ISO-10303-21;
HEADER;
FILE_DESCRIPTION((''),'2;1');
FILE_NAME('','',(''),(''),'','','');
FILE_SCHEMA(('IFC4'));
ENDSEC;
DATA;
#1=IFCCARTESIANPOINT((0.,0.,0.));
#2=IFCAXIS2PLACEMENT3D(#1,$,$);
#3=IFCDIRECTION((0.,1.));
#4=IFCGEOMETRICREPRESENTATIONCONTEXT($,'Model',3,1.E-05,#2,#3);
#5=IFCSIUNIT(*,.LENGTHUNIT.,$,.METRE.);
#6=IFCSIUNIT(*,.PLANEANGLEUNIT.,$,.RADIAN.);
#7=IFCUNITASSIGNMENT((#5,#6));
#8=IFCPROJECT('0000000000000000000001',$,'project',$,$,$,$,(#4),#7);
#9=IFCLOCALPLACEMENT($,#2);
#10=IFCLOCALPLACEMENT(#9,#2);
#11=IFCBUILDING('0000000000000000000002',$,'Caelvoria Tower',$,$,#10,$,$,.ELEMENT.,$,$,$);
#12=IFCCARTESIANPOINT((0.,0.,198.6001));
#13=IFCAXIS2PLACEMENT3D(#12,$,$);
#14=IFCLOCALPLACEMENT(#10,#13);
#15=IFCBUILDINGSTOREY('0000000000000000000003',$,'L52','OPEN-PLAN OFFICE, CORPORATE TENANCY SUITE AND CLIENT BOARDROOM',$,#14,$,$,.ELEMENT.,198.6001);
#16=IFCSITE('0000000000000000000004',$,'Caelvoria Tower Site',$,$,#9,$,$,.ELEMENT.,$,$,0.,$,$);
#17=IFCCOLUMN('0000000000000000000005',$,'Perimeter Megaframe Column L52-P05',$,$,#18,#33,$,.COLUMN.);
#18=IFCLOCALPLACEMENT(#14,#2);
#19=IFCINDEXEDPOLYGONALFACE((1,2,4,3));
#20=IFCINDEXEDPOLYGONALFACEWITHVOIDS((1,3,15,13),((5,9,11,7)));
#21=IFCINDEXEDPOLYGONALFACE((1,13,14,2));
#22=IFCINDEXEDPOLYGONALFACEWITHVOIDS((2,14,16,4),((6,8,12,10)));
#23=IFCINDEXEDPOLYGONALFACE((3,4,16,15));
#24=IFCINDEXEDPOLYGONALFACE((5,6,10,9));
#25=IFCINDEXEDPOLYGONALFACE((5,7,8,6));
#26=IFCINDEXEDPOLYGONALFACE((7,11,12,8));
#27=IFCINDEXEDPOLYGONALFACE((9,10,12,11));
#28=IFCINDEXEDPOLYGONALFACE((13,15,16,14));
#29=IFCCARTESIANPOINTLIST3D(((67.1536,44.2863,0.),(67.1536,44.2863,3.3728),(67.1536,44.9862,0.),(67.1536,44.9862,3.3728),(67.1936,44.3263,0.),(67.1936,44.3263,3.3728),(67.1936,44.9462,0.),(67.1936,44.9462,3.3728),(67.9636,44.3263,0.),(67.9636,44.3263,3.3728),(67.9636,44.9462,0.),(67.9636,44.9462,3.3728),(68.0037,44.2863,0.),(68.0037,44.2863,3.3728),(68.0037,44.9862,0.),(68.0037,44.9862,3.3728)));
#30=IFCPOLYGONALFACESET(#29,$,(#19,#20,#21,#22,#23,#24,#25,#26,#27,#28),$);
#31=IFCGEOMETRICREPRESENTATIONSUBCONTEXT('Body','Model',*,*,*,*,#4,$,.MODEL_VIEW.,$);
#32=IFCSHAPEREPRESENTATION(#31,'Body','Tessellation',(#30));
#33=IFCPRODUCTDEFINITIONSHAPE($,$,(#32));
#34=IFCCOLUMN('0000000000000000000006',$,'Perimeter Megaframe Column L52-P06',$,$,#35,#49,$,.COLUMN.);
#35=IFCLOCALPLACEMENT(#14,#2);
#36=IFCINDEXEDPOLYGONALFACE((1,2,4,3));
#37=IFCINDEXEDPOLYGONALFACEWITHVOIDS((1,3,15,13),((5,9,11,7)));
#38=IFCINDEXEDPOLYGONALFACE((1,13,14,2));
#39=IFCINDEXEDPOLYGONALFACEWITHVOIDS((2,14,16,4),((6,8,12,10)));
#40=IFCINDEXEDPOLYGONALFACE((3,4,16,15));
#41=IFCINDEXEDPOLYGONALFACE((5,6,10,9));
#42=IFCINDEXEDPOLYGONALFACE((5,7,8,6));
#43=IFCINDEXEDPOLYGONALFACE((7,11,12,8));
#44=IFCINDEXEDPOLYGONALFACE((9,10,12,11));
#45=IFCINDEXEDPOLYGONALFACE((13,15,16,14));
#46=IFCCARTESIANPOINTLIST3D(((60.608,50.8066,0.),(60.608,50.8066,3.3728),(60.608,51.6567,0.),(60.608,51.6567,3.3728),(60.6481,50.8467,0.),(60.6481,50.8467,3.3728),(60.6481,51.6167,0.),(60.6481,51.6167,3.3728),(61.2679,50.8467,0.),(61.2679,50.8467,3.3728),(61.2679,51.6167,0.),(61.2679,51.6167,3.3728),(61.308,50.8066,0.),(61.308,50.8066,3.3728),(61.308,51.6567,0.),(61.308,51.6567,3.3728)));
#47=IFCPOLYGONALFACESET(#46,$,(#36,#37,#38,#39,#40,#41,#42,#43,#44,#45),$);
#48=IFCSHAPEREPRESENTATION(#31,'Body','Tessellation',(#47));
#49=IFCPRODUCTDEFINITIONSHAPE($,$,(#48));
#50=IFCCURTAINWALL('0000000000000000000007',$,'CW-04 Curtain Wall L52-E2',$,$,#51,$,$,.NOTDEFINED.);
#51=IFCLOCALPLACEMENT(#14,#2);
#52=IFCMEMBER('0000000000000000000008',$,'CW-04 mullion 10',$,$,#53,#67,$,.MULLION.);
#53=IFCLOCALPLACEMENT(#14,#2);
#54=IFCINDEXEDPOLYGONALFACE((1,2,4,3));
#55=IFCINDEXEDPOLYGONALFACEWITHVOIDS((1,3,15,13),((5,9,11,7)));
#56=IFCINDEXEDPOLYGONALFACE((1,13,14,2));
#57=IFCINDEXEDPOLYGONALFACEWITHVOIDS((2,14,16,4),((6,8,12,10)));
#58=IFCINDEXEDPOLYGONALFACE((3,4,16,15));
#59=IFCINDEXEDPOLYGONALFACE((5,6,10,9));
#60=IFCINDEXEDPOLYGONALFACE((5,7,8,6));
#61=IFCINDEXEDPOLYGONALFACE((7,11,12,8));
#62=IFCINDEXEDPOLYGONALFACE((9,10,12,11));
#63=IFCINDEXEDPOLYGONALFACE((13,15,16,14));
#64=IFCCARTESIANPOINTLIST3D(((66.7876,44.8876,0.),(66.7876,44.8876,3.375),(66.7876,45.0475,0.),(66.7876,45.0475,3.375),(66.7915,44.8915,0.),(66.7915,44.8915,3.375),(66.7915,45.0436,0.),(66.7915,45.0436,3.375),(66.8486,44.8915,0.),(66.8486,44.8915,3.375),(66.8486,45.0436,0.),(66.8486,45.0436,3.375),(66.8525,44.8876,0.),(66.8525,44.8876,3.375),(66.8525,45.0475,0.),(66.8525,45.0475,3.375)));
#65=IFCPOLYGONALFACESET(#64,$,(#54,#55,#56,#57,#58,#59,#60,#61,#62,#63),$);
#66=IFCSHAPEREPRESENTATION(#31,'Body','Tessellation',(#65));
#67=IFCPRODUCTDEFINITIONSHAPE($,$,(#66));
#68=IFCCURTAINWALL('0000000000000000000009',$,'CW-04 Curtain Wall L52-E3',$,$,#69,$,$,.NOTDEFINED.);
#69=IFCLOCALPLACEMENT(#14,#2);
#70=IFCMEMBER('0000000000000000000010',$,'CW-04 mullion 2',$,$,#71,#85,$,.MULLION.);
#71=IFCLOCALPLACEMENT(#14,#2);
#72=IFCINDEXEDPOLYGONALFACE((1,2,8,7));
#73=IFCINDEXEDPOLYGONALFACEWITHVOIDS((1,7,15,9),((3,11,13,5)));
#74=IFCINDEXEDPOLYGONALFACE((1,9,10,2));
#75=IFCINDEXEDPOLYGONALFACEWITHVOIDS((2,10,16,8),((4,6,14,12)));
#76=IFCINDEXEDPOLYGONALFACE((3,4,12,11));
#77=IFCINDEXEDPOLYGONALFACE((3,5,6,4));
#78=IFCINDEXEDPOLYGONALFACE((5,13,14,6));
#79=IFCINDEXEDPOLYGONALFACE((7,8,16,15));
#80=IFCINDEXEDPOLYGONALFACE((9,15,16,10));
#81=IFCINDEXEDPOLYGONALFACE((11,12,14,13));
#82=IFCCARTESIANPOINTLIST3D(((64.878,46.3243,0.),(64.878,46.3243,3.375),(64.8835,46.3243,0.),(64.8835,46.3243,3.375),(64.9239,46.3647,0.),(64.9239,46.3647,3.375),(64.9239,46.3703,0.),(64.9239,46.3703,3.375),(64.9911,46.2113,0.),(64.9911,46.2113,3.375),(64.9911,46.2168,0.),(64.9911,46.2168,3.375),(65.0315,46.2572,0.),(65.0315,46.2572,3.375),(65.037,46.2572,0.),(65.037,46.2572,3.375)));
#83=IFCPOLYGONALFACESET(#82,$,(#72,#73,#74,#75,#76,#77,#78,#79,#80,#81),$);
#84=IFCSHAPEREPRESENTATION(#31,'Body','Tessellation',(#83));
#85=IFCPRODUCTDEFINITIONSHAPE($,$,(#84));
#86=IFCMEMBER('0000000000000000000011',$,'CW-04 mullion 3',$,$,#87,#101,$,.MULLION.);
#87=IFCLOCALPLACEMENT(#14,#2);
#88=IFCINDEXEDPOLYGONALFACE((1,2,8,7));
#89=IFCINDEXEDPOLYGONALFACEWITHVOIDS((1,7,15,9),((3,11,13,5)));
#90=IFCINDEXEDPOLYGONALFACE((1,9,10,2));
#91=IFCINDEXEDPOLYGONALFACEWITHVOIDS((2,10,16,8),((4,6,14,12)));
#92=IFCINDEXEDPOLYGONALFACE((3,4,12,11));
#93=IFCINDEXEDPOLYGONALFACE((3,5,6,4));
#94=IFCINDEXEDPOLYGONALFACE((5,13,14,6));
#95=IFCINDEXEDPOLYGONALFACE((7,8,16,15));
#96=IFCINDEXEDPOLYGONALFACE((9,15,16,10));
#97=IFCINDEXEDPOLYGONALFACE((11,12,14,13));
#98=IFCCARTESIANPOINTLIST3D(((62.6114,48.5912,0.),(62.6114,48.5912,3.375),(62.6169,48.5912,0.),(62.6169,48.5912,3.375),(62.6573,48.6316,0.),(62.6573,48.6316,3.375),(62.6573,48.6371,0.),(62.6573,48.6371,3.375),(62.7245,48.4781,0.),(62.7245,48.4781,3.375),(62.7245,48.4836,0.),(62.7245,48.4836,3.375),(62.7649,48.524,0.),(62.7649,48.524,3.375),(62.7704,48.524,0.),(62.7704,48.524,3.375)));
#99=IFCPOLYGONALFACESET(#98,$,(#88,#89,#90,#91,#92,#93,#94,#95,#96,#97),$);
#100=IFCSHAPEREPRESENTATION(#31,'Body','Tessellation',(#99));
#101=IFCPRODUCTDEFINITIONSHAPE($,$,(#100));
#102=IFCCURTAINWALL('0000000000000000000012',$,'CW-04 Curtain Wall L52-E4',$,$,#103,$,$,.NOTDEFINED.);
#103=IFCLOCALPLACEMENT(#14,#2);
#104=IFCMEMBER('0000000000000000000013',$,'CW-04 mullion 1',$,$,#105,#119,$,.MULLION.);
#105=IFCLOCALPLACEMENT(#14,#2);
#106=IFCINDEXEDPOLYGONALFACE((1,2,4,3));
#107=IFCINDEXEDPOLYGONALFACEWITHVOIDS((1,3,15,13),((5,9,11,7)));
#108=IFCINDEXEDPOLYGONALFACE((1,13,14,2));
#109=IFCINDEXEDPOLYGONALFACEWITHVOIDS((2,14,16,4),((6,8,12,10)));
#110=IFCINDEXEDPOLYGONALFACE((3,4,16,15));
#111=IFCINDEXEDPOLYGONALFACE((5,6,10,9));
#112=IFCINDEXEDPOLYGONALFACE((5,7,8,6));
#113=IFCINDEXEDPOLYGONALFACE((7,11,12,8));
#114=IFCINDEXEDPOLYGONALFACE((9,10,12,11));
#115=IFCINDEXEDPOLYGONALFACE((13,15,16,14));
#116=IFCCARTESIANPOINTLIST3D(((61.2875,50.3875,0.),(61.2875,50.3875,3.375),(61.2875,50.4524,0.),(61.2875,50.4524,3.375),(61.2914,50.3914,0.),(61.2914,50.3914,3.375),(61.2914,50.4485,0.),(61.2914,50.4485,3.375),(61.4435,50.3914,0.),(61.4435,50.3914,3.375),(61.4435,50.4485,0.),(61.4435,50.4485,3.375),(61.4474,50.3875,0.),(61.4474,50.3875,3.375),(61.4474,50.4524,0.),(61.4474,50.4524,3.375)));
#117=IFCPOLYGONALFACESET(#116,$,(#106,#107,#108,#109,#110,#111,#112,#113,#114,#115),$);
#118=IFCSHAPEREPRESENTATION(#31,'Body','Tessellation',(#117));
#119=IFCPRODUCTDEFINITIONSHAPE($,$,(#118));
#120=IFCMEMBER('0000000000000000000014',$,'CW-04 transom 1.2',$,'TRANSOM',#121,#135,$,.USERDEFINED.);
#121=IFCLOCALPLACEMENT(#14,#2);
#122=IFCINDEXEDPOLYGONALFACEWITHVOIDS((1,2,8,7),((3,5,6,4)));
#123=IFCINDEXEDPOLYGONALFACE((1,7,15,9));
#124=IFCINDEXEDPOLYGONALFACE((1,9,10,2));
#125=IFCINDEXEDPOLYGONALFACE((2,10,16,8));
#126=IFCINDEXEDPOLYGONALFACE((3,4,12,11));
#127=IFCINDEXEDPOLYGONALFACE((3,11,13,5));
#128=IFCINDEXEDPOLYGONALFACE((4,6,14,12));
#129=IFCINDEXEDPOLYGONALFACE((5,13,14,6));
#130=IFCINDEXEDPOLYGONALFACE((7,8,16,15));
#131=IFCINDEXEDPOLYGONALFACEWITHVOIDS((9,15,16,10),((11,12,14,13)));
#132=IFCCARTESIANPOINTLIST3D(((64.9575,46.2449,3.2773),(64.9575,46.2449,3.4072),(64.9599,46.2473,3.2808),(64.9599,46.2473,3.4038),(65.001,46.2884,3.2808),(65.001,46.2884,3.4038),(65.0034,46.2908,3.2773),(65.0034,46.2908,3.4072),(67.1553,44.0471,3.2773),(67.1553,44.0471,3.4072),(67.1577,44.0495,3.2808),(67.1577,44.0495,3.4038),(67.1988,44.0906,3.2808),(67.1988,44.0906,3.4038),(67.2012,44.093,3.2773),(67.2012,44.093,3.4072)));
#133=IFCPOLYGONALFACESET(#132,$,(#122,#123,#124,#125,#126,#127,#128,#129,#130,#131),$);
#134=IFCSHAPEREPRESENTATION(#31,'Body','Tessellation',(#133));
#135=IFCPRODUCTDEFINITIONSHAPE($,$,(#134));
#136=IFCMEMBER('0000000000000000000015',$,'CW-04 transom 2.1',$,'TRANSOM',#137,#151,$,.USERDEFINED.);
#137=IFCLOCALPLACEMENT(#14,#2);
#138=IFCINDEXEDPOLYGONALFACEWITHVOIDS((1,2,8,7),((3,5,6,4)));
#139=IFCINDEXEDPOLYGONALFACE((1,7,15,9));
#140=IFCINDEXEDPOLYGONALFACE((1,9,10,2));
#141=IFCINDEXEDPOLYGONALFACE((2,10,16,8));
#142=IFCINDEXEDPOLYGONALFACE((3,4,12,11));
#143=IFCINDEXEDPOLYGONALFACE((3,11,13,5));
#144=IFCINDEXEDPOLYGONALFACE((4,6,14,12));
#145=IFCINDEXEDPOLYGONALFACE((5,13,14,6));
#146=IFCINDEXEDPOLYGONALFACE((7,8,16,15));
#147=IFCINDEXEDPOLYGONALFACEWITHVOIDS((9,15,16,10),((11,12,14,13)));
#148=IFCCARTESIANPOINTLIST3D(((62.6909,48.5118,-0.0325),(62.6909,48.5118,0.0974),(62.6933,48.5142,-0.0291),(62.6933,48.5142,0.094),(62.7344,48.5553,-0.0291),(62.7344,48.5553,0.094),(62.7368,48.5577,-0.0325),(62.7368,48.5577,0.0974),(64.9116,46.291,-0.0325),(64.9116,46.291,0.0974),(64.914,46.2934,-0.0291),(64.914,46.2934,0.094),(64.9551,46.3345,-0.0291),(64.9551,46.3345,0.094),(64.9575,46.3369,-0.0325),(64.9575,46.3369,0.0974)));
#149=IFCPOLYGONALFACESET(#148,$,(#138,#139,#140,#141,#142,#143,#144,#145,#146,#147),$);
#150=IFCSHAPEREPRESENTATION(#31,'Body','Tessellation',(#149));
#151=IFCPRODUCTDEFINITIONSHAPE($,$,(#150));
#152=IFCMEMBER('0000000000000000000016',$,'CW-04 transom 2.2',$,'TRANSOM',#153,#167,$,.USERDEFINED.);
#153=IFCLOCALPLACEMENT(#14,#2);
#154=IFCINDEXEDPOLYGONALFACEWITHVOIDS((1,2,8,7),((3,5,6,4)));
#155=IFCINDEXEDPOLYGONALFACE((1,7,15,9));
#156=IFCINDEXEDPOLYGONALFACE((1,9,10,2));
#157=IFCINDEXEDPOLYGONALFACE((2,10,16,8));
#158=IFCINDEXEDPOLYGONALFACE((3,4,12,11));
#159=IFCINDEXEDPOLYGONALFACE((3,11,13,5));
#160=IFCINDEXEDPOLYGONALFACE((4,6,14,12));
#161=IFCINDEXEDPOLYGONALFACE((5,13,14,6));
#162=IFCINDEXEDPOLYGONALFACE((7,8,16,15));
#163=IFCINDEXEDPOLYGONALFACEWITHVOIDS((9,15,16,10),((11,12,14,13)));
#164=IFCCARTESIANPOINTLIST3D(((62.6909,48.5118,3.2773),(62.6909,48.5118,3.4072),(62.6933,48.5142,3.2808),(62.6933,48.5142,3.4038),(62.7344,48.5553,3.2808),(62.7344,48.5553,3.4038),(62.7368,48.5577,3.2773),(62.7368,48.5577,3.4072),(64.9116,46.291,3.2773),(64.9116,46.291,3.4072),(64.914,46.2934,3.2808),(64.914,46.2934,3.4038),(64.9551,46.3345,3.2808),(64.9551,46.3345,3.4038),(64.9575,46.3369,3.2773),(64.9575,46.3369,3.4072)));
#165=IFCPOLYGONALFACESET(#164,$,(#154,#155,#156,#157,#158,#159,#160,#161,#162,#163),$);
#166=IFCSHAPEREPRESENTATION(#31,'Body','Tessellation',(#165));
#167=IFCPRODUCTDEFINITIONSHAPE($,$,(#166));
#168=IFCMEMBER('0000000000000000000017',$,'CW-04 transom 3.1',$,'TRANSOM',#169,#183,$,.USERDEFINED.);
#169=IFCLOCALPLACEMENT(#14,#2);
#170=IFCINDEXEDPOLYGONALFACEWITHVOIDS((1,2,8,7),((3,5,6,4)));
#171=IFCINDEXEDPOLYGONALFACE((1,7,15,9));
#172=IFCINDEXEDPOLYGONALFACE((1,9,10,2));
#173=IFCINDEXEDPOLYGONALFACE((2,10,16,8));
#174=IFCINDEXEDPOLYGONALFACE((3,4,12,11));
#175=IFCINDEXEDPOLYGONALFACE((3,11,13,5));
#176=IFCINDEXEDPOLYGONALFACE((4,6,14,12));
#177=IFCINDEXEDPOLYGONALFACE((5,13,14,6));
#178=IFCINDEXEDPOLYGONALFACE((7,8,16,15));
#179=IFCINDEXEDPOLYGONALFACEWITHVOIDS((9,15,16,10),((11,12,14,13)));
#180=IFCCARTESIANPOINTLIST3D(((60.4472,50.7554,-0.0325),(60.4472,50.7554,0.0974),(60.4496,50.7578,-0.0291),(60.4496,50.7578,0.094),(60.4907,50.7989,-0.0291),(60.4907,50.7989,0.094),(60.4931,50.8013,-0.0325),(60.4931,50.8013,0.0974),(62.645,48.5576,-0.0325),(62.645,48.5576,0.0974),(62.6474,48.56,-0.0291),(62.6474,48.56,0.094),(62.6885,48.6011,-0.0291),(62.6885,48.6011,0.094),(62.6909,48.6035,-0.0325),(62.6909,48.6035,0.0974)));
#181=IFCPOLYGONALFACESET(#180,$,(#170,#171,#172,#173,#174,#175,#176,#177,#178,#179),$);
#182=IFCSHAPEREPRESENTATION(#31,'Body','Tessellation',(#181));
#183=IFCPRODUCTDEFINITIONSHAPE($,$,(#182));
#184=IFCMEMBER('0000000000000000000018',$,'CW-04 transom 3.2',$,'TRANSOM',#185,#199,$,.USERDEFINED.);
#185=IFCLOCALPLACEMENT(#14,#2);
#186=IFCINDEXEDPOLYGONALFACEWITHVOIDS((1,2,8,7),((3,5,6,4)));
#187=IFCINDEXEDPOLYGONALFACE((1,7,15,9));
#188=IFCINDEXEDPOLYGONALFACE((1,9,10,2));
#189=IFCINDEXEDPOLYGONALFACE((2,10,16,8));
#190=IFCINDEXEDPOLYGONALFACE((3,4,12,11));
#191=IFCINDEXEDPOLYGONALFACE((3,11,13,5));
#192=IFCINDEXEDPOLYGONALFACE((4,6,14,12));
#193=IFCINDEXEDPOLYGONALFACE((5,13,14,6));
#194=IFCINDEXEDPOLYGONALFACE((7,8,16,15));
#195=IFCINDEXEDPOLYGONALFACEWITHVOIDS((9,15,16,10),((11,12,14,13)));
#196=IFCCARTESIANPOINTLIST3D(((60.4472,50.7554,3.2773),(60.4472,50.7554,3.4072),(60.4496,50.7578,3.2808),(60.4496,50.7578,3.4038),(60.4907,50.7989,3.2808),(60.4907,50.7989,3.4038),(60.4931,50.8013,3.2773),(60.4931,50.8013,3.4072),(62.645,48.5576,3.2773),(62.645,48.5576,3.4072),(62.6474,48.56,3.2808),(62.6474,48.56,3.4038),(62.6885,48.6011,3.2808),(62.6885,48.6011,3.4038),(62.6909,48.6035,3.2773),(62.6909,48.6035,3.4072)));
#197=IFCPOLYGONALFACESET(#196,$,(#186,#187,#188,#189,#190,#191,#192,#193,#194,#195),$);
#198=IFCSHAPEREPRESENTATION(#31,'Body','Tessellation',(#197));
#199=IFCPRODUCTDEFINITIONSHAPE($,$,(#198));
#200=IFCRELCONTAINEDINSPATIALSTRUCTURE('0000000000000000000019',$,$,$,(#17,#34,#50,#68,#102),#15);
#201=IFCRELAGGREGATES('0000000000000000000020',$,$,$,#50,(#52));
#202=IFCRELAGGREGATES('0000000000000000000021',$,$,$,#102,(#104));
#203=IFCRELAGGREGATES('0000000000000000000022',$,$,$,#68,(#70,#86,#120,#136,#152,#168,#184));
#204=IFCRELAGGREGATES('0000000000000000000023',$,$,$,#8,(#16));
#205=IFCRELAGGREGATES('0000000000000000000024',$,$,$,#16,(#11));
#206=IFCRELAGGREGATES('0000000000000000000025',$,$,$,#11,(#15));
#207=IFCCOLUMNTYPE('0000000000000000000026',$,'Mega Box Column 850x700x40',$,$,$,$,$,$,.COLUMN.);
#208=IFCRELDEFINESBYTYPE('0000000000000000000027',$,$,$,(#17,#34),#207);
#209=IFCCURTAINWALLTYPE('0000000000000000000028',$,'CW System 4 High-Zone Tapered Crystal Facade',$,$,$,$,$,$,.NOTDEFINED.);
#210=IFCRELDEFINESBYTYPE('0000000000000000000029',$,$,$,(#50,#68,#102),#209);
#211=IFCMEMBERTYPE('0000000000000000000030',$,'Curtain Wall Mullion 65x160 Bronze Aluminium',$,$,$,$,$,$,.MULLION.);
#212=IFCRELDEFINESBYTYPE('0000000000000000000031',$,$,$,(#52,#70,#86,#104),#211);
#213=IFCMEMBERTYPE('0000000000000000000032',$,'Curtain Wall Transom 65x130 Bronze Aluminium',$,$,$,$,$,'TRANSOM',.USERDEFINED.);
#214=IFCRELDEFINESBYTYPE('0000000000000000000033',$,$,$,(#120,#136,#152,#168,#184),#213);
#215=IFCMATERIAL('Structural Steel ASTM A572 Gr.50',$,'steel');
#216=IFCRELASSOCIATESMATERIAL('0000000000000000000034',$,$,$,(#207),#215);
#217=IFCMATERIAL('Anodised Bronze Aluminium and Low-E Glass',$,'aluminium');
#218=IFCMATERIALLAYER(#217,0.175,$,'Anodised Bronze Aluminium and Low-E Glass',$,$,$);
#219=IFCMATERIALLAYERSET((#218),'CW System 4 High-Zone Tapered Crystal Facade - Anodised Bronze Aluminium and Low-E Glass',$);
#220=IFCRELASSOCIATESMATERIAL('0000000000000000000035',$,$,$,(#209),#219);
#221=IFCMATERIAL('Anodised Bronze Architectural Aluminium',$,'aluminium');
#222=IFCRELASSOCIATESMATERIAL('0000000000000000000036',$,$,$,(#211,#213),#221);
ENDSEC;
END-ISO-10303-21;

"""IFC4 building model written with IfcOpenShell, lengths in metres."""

from ifc_helpers import new_model, si_unit, direction, frame, origin, origin_2d, place, context, subcontext, project, spatial, hollow_rectangle, extrude, material, layer, layer_set, material_profile, profile_set, type_object, element, aggregate, save


model = new_model("IFC4")

# Units and contexts
model_context = context("Model", 3, precision=1e-05, world=origin(), true_north=direction((0.0, 1.0)))
body_context = subcontext(model_context, "Body", "Model", "MODEL_VIEW")
ifc_project = project(units=[si_unit("LENGTHUNIT", "METRE"), si_unit("PLANEANGLEUNIT", "RADIAN")], contexts=[model_context])

# Site, building, storey
site_placement = place(None, origin())
site = spatial("IfcSite", under=ifc_project, at=site_placement, Name="Caelvoria Tower Site", CompositionType="ELEMENT", RefElevation=0.0)
building_placement = place(site_placement, origin())
building = spatial("IfcBuilding", under=site, at=building_placement, Name="Caelvoria Tower", CompositionType="ELEMENT")
storey_placement = place(building_placement, frame((0.0, 0.0, 198.6001)))
storey = spatial("IfcBuildingStorey", under=building, at=storey_placement, Name="L52", Description="OPEN-PLAN OFFICE, CORPORATE TENANCY SUITE AND CLIENT BOARDROOM", CompositionType="ELEMENT", Elevation=198.6001)

# Columns
ifc_material_1 = material(Name="Structural Steel ASTM A572 Gr.50", Category="steel")
ifc_material_profile_1 = material_profile(ifc_material_1, hollow_rectangle(XDim=0.7, YDim=0.8501, WallThickness=0.04, at=origin_2d()), Name="Structural Steel ASTM A572 Gr.50")
ifc_profile_set_1 = profile_set([ifc_material_profile_1], Name="BOX850X700X40 - Structural Steel ASTM A572 Gr.50")
column_type = type_object("IfcColumnType", Name="Mega Box Column 850x700x40", PredefinedType="COLUMN", material=ifc_profile_set_1)
for number, where, z_axis, x_axis, name in (
    (1, (67.5786, 44.6362, 0.0), (0.0, 0.0, 1.0), (0.0, 1.0, 0.0), "Perimeter Megaframe Column L52-P05"),
    (2, (60.958, 51.2317, 0.0), (0.0, 0.0, 1.0), (1.0, 0.0, 0.0), "Perimeter Megaframe Column L52-P06"),
):
    element("IfcColumn", number, at=place(storey_placement, frame(where, z_axis=z_axis, x_axis=x_axis)), inside=storey, type_object=column_type, Name=name, PredefinedType="COLUMN", context=body_context, shape_type="SweptSolid", body=[
        extrude(hollow_rectangle(XDim=0.7, YDim=0.8501, WallThickness=0.04, at=origin_2d()), origin(), (0.0, 0.0, 1.0), 3.3728),
    ])

# Curtain wall, member
ifc_material_2 = material(Name="Anodised Bronze Aluminium and Low-E Glass", Category="aluminium")
ifc_layer_1 = layer(ifc_material_2, 0.175, Name="Anodised Bronze Aluminium and Low-E Glass")
ifc_layer_set_1 = layer_set([ifc_layer_1], Name="CW System 4 High-Zone Tapered Crystal Facade - Anodised Bronze Aluminium and Low-E Glass")
curtain_wall_type = type_object("IfcCurtainWallType", Name="CW System 4 High-Zone Tapered Crystal Facade", PredefinedType="NOTDEFINED", material=ifc_layer_set_1)
curtain_wall_1_placement = place(storey_placement, origin())
curtain_wall_1 = element("IfcCurtainWall", 3, at=curtain_wall_1_placement, inside=storey, type_object=curtain_wall_type, Name="CW-04 Curtain Wall L52-E2", PredefinedType="NOTDEFINED")
ifc_material_3 = material(Name="Anodised Bronze Architectural Aluminium", Category="aluminium")
ifc_material_profile_2 = material_profile(ifc_material_3, hollow_rectangle(XDim=0.0649, YDim=0.1599, WallThickness=0.0039, at=origin_2d()), Name="Anodised Bronze Architectural Aluminium")
ifc_profile_set_2 = profile_set([ifc_material_profile_2], Name="CW_MULL_65X160 - Anodised Bronze Architectural Aluminium")
member_type_1 = type_object("IfcMemberType", Name="Curtain Wall Mullion 65x160 Bronze Aluminium", PredefinedType="MULLION", material=ifc_profile_set_2)
member_1_placement = place(storey_placement, frame((66.8201, 44.9675, 0.0), z_axis=(0.0, 0.0, 1.0), x_axis=(-1.0, 0.0, 0.0)))
member_1 = element("IfcMember", 4, at=member_1_placement, type_object=member_type_1, Name="CW-04 mullion 10", PredefinedType="MULLION", context=body_context, shape_type="SweptSolid", body=[
    extrude(hollow_rectangle(XDim=0.0649, YDim=0.1599, WallThickness=0.0039, at=origin_2d()), origin(), (0.0, 0.0, 1.0), 3.375),
])
aggregate(curtain_wall_1, [member_1])

# Curtain wall, members
curtain_wall_2_placement = place(storey_placement, origin())
curtain_wall_2 = element("IfcCurtainWall", 5, at=curtain_wall_2_placement, inside=storey, type_object=curtain_wall_type, Name="CW-04 Curtain Wall L52-E3", PredefinedType="NOTDEFINED")
member_2_placement = place(storey_placement, frame((64.9575, 46.2908, 0.0), z_axis=(0.0, 0.0, 1.0), x_axis=(-0.707107, -0.707107, 0.0)))
member_2 = element("IfcMember", 6, at=member_2_placement, type_object=member_type_1, Name="CW-04 mullion 2", PredefinedType="MULLION", context=body_context, shape_type="SweptSolid", body=[
    extrude(hollow_rectangle(XDim=0.0649, YDim=0.1599, WallThickness=0.0039, at=origin_2d()), origin(), (0.0, 0.0, 1.0), 3.375),
])
member_3_placement = place(storey_placement, frame((62.6909, 48.5576, 0.0), z_axis=(0.0, 0.0, 1.0), x_axis=(-0.707107, -0.707107, 0.0)))
member_3 = element("IfcMember", 7, at=member_3_placement, type_object=member_type_1, Name="CW-04 mullion 3", PredefinedType="MULLION", context=body_context, shape_type="SweptSolid", body=[
    extrude(hollow_rectangle(XDim=0.0649, YDim=0.1599, WallThickness=0.0039, at=origin_2d()), origin(), (0.0, 0.0, 1.0), 3.375),
])

# Curtain wall, member
curtain_wall_3_placement = place(storey_placement, origin())
curtain_wall_3 = element("IfcCurtainWall", 8, at=curtain_wall_3_placement, inside=storey, type_object=curtain_wall_type, Name="CW-04 Curtain Wall L52-E4", PredefinedType="NOTDEFINED")
member_4_placement = place(storey_placement, frame((61.3674, 50.4199, 0.0), z_axis=(0.0, 0.0, 1.0), x_axis=(0.0, -1.0, 0.0)))
member_4 = element("IfcMember", 9, at=member_4_placement, type_object=member_type_1, Name="CW-04 mullion 1", PredefinedType="MULLION", context=body_context, shape_type="SweptSolid", body=[
    extrude(hollow_rectangle(XDim=0.0649, YDim=0.1599, WallThickness=0.0039, at=origin_2d()), origin(), (0.0, 0.0, 1.0), 3.375),
])

# Members
ifc_material_profile_3 = material_profile(ifc_material_3, hollow_rectangle(XDim=0.0649, YDim=0.1299, WallThickness=0.0034, at=origin_2d()), Name="Anodised Bronze Architectural Aluminium")
ifc_profile_set_3 = profile_set([ifc_material_profile_3], Name="CW_TRAN_65X130 - Anodised Bronze Architectural Aluminium")
member_type_2 = type_object("IfcMemberType", Name="Curtain Wall Transom 65x130 Bronze Aluminium", ElementType="TRANSOM", PredefinedType="USERDEFINED", material=ifc_profile_set_3)
member_5_placement = place(storey_placement, frame((67.1782, 44.0701, 3.3423), z_axis=(-0.707107, 0.707107, 0.0), x_axis=(-0.707107, -0.707107, 0.0)))
member_5 = element("IfcMember", 10, at=member_5_placement, type_object=member_type_2, Name="CW-04 transom 1.2", ObjectType="TRANSOM", PredefinedType="USERDEFINED", context=body_context, shape_type="SweptSolid", body=[
    extrude(hollow_rectangle(XDim=0.0649, YDim=0.1299, WallThickness=0.0034, at=origin_2d()), origin(), (0.0, 0.0, 1.0), 3.1082),
])
member_6_placement = place(storey_placement, frame((64.9346, 46.314, 0.0325), z_axis=(-0.707107, 0.707107, 0.0), x_axis=(-0.707107, -0.707107, 0.0)))
member_6 = element("IfcMember", 11, at=member_6_placement, type_object=member_type_2, Name="CW-04 transom 2.1", ObjectType="TRANSOM", PredefinedType="USERDEFINED", context=body_context, shape_type="SweptSolid", body=[
    extrude(hollow_rectangle(XDim=0.0649, YDim=0.1299, WallThickness=0.0034, at=origin_2d()), origin(), (0.0, 0.0, 1.0), 3.1406),
])
member_7_placement = place(storey_placement, frame((64.9346, 46.314, 3.3423), z_axis=(-0.707107, 0.707107, 0.0), x_axis=(-0.707107, -0.707107, 0.0)))
member_7 = element("IfcMember", 12, at=member_7_placement, type_object=member_type_2, Name="CW-04 transom 2.2", ObjectType="TRANSOM", PredefinedType="USERDEFINED", context=body_context, shape_type="SweptSolid", body=[
    extrude(hollow_rectangle(XDim=0.0649, YDim=0.1299, WallThickness=0.0034, at=origin_2d()), origin(), (0.0, 0.0, 1.0), 3.1406),
])
member_8_placement = place(storey_placement, frame((62.668, 48.5806, 0.0325), z_axis=(-0.707107, 0.707107, 0.0), x_axis=(-0.707107, -0.707107, 0.0)))
member_8 = element("IfcMember", 13, at=member_8_placement, type_object=member_type_2, Name="CW-04 transom 3.1", ObjectType="TRANSOM", PredefinedType="USERDEFINED", context=body_context, shape_type="SweptSolid", body=[
    extrude(hollow_rectangle(XDim=0.0649, YDim=0.1299, WallThickness=0.0034, at=origin_2d()), origin(), (0.0, 0.0, 1.0), 3.1082),
])
member_9_placement = place(storey_placement, frame((62.668, 48.5806, 3.3423), z_axis=(-0.707107, 0.707107, 0.0), x_axis=(-0.707107, -0.707107, 0.0)))
member_9 = element("IfcMember", 14, at=member_9_placement, type_object=member_type_2, Name="CW-04 transom 3.2", ObjectType="TRANSOM", PredefinedType="USERDEFINED", context=body_context, shape_type="SweptSolid", body=[
    extrude(hollow_rectangle(XDim=0.0649, YDim=0.1299, WallThickness=0.0034, at=origin_2d()), origin(), (0.0, 0.0, 1.0), 3.1082),
])
aggregate(curtain_wall_3, [member_4])

aggregate(curtain_wall_2, [member_2, member_3, member_5, member_6, member_7, member_8, member_9])

save(model, "model.ifc")
